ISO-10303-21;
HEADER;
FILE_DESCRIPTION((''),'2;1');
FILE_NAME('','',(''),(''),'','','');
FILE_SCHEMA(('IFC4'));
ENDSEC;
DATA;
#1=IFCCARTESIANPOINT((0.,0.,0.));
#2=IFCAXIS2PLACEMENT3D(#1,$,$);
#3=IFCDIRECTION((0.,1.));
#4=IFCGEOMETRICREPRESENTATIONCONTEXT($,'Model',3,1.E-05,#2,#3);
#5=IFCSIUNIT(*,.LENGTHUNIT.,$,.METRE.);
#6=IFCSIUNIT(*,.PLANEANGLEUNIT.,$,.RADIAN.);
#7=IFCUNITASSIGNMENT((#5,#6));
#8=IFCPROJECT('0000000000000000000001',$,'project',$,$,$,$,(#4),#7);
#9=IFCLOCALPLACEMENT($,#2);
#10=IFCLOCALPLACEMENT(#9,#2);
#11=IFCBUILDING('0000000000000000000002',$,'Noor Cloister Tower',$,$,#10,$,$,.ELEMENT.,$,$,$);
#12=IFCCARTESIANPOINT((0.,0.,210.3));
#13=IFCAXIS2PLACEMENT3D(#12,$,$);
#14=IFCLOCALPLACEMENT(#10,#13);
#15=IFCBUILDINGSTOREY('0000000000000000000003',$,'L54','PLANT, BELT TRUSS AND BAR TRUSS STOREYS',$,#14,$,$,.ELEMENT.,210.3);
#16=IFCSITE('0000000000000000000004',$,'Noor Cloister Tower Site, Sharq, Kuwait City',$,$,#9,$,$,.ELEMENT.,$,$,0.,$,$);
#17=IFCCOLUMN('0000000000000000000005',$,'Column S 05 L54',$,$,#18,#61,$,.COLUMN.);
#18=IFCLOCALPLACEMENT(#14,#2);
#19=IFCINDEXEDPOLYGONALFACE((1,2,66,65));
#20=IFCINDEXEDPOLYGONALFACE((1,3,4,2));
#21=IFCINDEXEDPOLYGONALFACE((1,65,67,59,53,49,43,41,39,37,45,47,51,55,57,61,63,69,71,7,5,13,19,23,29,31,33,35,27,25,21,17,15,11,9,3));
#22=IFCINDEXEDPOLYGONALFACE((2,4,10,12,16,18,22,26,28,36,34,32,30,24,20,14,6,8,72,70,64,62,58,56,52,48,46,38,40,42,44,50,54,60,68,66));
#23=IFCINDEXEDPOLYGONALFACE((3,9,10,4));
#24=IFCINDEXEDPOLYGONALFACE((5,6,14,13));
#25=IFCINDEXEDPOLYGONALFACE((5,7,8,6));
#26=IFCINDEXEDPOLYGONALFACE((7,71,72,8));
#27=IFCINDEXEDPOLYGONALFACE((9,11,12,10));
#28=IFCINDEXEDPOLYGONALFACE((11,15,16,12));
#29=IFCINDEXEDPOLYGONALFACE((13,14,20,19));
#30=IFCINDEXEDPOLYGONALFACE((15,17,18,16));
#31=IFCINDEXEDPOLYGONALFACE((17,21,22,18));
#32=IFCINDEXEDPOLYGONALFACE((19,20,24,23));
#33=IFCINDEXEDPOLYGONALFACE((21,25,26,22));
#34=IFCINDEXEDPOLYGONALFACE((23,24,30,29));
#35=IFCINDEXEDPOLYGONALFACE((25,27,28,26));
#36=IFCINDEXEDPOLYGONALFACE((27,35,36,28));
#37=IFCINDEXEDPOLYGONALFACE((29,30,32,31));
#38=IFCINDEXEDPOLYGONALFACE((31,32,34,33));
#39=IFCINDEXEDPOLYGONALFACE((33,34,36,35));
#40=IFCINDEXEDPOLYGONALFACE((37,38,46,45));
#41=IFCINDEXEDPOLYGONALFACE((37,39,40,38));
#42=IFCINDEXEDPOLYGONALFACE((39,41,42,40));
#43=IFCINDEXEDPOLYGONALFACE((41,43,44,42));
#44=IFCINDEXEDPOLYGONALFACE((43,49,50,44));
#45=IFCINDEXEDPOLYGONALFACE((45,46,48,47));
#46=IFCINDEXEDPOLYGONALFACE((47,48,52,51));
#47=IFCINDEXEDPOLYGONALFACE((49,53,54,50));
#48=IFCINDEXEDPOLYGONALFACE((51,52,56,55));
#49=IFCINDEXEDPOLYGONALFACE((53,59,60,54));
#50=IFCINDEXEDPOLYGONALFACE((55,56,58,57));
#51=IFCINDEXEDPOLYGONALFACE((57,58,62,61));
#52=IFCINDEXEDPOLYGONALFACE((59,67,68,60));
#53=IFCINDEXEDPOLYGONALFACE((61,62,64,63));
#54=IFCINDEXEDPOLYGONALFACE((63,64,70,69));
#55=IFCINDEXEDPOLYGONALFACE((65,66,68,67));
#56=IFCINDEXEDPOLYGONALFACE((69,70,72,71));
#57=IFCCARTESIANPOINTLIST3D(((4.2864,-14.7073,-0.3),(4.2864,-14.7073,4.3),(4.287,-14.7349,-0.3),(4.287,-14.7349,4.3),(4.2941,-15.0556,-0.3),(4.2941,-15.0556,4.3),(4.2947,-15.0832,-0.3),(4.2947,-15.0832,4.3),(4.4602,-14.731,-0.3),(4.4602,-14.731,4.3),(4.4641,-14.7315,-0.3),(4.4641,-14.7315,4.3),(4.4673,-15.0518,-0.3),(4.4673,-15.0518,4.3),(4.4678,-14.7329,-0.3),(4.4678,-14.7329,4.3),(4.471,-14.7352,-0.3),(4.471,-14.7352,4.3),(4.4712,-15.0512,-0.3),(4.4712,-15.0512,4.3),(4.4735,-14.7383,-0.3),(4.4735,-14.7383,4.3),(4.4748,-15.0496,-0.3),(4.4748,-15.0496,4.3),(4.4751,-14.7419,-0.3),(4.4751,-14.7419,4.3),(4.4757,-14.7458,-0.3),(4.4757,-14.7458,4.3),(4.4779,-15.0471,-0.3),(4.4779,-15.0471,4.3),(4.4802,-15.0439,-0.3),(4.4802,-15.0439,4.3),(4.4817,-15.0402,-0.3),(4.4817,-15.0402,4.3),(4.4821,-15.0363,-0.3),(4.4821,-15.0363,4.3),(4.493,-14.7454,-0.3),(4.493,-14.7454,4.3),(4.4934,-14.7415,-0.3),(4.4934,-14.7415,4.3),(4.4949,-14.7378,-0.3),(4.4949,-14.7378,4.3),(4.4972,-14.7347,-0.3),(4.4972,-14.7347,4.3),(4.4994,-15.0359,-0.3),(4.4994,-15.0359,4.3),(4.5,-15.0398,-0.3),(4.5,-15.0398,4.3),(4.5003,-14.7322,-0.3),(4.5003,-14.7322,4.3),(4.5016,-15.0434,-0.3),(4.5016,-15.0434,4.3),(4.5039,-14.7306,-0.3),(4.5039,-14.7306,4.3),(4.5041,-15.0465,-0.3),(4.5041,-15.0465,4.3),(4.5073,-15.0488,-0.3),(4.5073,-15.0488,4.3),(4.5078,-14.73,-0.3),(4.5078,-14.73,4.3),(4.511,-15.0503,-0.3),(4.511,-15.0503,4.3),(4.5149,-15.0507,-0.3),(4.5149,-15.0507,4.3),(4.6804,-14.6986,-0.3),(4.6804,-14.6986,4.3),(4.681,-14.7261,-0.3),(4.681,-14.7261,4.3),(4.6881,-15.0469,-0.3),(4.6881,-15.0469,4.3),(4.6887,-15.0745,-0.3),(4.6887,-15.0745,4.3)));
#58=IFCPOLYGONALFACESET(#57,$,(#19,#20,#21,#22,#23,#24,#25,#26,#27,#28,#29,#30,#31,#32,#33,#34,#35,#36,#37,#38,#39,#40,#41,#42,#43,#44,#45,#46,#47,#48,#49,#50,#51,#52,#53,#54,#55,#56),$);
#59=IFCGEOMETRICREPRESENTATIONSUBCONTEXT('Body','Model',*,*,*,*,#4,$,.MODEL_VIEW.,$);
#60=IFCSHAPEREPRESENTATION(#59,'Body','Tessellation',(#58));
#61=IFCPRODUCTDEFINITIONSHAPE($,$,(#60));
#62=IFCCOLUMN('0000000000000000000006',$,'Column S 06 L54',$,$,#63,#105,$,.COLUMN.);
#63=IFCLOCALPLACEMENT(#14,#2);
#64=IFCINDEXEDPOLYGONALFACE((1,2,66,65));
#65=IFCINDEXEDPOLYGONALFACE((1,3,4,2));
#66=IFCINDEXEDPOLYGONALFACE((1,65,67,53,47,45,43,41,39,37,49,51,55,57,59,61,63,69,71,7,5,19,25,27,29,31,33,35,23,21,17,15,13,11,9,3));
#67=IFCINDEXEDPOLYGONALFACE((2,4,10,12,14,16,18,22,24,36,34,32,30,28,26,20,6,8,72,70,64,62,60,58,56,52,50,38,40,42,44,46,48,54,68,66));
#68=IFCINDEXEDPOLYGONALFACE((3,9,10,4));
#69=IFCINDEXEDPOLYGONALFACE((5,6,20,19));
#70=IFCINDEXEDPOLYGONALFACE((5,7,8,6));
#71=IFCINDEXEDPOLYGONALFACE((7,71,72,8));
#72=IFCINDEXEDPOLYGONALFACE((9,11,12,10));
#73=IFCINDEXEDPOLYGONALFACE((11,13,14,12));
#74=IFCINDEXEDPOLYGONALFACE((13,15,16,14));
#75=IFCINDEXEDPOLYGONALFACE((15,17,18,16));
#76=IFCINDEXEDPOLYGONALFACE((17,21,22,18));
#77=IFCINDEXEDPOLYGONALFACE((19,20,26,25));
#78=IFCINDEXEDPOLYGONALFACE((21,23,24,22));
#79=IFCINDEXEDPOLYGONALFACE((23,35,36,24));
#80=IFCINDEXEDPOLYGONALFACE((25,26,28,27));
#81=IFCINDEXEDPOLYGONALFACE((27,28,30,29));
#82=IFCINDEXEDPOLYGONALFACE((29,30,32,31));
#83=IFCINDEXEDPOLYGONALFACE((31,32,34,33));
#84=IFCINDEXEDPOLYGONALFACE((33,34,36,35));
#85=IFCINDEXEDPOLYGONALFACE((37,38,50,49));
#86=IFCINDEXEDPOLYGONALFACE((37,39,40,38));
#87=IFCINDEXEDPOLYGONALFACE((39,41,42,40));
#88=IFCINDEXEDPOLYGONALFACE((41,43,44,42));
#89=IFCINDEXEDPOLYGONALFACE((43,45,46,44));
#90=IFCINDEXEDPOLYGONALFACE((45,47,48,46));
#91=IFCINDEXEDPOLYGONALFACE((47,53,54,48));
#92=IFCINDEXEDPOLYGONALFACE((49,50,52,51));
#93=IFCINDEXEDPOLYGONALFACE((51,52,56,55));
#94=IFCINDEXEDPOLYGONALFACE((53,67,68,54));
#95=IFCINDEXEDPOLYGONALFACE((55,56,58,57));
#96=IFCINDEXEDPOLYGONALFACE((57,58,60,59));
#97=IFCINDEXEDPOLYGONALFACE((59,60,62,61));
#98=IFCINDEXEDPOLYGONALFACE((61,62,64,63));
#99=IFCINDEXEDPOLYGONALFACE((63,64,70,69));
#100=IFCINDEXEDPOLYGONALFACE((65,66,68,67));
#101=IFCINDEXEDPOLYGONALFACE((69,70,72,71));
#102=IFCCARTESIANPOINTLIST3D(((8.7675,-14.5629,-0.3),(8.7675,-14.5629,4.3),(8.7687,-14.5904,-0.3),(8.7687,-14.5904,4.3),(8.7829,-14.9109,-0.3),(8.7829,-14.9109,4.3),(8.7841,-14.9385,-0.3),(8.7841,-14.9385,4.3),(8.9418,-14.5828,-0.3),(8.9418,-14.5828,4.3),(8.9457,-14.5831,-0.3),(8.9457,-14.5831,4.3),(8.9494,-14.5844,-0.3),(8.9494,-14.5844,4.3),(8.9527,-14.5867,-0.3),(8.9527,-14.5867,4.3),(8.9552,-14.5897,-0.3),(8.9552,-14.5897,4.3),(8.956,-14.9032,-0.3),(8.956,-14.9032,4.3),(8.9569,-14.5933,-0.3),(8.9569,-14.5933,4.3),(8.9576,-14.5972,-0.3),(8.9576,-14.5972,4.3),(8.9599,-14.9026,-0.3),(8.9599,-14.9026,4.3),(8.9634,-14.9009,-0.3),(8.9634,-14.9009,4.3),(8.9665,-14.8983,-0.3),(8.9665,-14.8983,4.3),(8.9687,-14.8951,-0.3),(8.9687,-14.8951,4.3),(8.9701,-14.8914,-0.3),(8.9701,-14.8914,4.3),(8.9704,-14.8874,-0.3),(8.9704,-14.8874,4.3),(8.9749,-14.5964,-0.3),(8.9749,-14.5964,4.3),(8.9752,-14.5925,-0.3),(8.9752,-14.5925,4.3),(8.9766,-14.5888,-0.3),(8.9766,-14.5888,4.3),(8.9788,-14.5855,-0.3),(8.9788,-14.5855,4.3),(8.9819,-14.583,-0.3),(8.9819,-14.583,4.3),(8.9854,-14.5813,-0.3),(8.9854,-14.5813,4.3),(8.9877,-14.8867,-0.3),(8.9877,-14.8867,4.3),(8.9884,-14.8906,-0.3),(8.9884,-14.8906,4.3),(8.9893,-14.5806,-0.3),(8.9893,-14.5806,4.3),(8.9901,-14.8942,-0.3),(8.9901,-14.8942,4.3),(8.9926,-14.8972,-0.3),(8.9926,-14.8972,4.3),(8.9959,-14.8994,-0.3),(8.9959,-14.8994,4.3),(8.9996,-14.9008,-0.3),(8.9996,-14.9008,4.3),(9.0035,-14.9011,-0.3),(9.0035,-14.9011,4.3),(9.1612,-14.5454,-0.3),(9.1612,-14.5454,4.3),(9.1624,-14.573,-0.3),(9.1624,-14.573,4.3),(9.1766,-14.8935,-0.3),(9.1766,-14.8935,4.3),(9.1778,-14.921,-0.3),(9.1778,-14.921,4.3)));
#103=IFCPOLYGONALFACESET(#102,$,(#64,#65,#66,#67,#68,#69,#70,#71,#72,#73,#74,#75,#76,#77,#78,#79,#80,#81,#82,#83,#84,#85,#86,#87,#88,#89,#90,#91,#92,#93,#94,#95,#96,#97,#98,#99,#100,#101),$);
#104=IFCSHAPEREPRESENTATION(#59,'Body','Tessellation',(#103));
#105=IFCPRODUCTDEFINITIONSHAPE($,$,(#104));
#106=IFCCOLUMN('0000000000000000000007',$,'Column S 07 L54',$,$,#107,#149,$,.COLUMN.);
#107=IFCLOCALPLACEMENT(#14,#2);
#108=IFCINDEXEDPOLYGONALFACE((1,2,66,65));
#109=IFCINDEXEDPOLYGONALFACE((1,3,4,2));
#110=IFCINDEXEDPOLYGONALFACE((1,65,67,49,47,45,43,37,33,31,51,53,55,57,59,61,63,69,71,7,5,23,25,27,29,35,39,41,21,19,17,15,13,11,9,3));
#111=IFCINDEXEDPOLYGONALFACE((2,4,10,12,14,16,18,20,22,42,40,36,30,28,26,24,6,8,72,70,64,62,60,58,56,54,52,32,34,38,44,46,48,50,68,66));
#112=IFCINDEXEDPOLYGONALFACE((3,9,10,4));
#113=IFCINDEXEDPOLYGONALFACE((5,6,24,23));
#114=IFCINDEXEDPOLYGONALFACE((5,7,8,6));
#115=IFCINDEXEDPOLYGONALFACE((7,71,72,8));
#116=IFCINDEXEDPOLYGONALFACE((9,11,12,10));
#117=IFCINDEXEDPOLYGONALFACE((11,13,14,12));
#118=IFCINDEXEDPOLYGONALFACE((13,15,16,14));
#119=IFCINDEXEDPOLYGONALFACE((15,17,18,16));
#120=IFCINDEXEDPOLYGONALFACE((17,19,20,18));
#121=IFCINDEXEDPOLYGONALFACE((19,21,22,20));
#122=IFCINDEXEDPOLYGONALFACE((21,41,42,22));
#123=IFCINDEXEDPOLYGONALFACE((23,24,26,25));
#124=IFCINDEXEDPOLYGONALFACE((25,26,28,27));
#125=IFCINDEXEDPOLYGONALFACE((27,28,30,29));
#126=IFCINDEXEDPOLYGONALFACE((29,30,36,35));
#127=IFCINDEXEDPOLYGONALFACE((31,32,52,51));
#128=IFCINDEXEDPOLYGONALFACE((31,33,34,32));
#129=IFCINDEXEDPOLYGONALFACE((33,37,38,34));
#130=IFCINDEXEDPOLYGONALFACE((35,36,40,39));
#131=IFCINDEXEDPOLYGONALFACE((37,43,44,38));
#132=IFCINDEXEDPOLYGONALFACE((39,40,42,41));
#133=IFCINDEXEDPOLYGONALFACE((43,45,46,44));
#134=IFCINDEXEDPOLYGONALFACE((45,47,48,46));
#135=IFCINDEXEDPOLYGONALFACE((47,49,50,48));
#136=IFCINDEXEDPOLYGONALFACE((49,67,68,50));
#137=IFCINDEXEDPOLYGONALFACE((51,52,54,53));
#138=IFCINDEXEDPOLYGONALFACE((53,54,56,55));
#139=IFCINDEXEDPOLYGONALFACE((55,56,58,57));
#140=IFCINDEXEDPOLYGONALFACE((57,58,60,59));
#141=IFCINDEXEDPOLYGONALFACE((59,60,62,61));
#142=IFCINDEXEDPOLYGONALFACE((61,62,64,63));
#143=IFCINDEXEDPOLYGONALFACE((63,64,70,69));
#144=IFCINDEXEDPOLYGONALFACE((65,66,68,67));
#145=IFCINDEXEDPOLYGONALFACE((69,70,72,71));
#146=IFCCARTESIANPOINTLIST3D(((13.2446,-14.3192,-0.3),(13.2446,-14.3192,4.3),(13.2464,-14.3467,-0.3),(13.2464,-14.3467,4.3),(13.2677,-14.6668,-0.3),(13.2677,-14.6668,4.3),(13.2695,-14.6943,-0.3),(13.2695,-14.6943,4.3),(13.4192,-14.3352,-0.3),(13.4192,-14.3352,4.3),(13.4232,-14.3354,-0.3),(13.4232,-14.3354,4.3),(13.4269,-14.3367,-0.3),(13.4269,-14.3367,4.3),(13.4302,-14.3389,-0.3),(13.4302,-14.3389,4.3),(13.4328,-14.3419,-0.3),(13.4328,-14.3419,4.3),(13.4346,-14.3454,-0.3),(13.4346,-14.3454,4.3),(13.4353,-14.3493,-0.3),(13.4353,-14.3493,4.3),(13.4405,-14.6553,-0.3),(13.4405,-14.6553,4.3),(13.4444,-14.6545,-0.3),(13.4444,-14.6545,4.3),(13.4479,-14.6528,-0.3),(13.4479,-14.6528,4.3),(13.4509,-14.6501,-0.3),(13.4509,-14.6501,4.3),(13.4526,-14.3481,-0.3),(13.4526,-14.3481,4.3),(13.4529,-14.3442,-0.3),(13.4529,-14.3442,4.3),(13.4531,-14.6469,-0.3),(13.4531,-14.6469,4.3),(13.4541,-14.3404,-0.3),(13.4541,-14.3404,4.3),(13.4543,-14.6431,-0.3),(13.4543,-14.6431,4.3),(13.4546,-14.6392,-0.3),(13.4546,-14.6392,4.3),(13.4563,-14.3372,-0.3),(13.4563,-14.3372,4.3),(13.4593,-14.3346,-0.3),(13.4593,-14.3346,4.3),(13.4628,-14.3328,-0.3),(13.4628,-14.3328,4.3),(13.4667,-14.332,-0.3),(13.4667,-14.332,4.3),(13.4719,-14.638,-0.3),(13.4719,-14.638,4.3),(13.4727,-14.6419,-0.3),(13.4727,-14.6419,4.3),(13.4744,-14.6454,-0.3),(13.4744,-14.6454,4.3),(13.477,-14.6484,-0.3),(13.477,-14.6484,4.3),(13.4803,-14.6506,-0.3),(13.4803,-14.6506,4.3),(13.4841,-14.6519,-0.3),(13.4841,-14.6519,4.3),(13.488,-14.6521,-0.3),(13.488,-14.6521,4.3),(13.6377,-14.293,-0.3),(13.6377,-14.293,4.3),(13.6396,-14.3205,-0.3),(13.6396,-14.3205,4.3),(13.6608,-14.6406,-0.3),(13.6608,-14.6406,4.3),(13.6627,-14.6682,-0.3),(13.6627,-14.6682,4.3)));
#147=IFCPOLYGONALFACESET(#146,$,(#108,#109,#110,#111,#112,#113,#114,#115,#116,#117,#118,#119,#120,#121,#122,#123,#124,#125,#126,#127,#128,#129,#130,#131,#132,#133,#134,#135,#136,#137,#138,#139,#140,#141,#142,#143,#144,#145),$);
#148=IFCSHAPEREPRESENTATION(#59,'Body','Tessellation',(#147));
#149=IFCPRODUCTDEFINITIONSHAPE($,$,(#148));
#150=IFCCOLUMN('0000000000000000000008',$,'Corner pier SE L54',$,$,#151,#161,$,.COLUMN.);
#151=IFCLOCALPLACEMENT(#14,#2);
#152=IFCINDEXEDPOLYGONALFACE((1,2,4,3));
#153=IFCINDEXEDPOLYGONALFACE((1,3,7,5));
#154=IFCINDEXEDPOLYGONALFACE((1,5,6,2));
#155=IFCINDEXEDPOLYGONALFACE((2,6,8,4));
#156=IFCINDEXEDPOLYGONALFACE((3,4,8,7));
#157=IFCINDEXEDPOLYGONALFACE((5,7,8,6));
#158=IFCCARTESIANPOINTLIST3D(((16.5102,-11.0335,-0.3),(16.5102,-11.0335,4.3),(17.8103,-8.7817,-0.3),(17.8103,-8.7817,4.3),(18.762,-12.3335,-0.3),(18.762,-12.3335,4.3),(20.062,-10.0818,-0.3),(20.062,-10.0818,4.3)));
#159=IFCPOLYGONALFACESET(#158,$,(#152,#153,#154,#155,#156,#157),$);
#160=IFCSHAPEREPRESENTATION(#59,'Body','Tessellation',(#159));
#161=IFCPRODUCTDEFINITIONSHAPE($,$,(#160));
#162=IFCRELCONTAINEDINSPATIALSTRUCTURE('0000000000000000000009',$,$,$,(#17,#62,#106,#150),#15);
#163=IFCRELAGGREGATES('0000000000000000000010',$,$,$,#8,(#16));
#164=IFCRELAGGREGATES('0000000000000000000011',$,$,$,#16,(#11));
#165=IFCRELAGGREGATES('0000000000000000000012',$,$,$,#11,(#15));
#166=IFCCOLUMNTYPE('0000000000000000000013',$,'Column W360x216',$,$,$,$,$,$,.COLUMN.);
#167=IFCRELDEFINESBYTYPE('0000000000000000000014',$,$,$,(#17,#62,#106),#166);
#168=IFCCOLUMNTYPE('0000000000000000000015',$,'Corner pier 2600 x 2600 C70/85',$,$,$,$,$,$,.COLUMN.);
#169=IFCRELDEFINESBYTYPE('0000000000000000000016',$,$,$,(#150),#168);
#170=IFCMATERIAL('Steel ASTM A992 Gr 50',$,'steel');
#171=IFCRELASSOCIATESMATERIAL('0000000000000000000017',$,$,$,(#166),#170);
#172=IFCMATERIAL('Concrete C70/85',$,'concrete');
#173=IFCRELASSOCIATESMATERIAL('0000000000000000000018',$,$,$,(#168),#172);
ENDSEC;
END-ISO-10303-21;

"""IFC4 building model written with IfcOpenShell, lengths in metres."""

from ifc_helpers import new_model, si_unit, direction, frame, origin, origin_2d, place, context, subcontext, project, spatial, rectangle, i_section, extrude, material, material_profile, profile_set, type_object, element, save


model = new_model("IFC4")

# Units and contexts
model_context = context("Model", 3, precision=1e-05, world=origin(), true_north=direction((0.0, 1.0)))
body_context = subcontext(model_context, "Body", "Model", "MODEL_VIEW")
ifc_project = project(units=[si_unit("LENGTHUNIT", "METRE"), si_unit("PLANEANGLEUNIT", "RADIAN")], contexts=[model_context])

# Site, building, storey
site_placement = place(None, origin())
site = spatial("IfcSite", under=ifc_project, at=site_placement, Name="Noor Cloister Tower Site, Sharq, Kuwait City", CompositionType="ELEMENT", RefElevation=0.0)
building_placement = place(site_placement, origin())
building = spatial("IfcBuilding", under=site, at=building_placement, Name="Noor Cloister Tower", CompositionType="ELEMENT")
storey_placement = place(building_placement, frame((0.0, 0.0, 210.3)))
storey = spatial("IfcBuildingStorey", under=building, at=storey_placement, Name="L54", Description="PLANT, BELT TRUSS AND BAR TRUSS STOREYS", CompositionType="ELEMENT", Elevation=210.3)

# Columns
ifc_material_1 = material(Name="Steel ASTM A992 Gr 50", Category="steel")
ifc_material_profile_1 = material_profile(ifc_material_1, i_section(OverallWidth=0.394, OverallDepth=0.376, WebThickness=0.0173, FlangeThickness=0.0276, FilletRadius=0.0151, at=origin_2d()), Name="W360x216")
ifc_profile_set_1 = profile_set([ifc_material_profile_1], Name="Steel ASTM A992 Gr 50")
column_type_1 = type_object("IfcColumnType", Name="Column W360x216", PredefinedType="COLUMN", material=ifc_profile_set_1)
for number, where, z_axis, x_axis, name in (
    (1, (4.4875, -14.8909, -0.3), (0.0, 0.0, 1.0), (0.999755, 0.022132, 0.0), "Column S 05 L54"),
    (2, (8.9727, -14.7419, -0.3), (0.0, 0.0, 1.0), (0.99902, 0.044252, 0.0), "Column S 06 L54"),
    (3, (13.4536, -14.4937, -0.3), (0.0, 0.0, 1.0), (0.997796, 0.066352, 0.0), "Column S 07 L54"),
):
    element("IfcColumn", number, at=place(storey_placement, frame(where, z_axis=z_axis, x_axis=x_axis)), inside=storey, type_object=column_type_1, Name=name, PredefinedType="COLUMN", context=body_context, shape_type="SweptSolid", body=[
        extrude(i_section(OverallWidth=0.394, OverallDepth=0.376, WebThickness=0.0173, FlangeThickness=0.0276, FilletRadius=0.0151, at=origin_2d()), origin(), (0.0, 0.0, 1.0), 4.6001),
    ])
ifc_material_2 = material(Name="Concrete C70/85", Category="concrete")
ifc_material_profile_2 = material_profile(ifc_material_2, rectangle(XDim=2.6001, YDim=2.6001, at=origin_2d()), Name="RC 2600x2600")
ifc_profile_set_2 = profile_set([ifc_material_profile_2], Name="Concrete C70/85")
column_type_2 = type_object("IfcColumnType", Name="Corner pier 2600 x 2600 C70/85", PredefinedType="COLUMN", material=ifc_profile_set_2)
column_placement = place(storey_placement, frame((18.2861, -10.5576, -0.3), z_axis=(0.0, 0.0, 1.0), x_axis=(0.866025, -0.5, 0.0)))
element("IfcColumn", 4, at=column_placement, inside=storey, type_object=column_type_2, Name="Corner pier SE L54", PredefinedType="COLUMN", context=body_context, shape_type="SweptSolid", body=[
    extrude(rectangle(XDim=2.6001, YDim=2.6001, at=origin_2d()), origin(), (0.0, 0.0, 1.0), 4.6001),
])

save(model, "model.ifc")
